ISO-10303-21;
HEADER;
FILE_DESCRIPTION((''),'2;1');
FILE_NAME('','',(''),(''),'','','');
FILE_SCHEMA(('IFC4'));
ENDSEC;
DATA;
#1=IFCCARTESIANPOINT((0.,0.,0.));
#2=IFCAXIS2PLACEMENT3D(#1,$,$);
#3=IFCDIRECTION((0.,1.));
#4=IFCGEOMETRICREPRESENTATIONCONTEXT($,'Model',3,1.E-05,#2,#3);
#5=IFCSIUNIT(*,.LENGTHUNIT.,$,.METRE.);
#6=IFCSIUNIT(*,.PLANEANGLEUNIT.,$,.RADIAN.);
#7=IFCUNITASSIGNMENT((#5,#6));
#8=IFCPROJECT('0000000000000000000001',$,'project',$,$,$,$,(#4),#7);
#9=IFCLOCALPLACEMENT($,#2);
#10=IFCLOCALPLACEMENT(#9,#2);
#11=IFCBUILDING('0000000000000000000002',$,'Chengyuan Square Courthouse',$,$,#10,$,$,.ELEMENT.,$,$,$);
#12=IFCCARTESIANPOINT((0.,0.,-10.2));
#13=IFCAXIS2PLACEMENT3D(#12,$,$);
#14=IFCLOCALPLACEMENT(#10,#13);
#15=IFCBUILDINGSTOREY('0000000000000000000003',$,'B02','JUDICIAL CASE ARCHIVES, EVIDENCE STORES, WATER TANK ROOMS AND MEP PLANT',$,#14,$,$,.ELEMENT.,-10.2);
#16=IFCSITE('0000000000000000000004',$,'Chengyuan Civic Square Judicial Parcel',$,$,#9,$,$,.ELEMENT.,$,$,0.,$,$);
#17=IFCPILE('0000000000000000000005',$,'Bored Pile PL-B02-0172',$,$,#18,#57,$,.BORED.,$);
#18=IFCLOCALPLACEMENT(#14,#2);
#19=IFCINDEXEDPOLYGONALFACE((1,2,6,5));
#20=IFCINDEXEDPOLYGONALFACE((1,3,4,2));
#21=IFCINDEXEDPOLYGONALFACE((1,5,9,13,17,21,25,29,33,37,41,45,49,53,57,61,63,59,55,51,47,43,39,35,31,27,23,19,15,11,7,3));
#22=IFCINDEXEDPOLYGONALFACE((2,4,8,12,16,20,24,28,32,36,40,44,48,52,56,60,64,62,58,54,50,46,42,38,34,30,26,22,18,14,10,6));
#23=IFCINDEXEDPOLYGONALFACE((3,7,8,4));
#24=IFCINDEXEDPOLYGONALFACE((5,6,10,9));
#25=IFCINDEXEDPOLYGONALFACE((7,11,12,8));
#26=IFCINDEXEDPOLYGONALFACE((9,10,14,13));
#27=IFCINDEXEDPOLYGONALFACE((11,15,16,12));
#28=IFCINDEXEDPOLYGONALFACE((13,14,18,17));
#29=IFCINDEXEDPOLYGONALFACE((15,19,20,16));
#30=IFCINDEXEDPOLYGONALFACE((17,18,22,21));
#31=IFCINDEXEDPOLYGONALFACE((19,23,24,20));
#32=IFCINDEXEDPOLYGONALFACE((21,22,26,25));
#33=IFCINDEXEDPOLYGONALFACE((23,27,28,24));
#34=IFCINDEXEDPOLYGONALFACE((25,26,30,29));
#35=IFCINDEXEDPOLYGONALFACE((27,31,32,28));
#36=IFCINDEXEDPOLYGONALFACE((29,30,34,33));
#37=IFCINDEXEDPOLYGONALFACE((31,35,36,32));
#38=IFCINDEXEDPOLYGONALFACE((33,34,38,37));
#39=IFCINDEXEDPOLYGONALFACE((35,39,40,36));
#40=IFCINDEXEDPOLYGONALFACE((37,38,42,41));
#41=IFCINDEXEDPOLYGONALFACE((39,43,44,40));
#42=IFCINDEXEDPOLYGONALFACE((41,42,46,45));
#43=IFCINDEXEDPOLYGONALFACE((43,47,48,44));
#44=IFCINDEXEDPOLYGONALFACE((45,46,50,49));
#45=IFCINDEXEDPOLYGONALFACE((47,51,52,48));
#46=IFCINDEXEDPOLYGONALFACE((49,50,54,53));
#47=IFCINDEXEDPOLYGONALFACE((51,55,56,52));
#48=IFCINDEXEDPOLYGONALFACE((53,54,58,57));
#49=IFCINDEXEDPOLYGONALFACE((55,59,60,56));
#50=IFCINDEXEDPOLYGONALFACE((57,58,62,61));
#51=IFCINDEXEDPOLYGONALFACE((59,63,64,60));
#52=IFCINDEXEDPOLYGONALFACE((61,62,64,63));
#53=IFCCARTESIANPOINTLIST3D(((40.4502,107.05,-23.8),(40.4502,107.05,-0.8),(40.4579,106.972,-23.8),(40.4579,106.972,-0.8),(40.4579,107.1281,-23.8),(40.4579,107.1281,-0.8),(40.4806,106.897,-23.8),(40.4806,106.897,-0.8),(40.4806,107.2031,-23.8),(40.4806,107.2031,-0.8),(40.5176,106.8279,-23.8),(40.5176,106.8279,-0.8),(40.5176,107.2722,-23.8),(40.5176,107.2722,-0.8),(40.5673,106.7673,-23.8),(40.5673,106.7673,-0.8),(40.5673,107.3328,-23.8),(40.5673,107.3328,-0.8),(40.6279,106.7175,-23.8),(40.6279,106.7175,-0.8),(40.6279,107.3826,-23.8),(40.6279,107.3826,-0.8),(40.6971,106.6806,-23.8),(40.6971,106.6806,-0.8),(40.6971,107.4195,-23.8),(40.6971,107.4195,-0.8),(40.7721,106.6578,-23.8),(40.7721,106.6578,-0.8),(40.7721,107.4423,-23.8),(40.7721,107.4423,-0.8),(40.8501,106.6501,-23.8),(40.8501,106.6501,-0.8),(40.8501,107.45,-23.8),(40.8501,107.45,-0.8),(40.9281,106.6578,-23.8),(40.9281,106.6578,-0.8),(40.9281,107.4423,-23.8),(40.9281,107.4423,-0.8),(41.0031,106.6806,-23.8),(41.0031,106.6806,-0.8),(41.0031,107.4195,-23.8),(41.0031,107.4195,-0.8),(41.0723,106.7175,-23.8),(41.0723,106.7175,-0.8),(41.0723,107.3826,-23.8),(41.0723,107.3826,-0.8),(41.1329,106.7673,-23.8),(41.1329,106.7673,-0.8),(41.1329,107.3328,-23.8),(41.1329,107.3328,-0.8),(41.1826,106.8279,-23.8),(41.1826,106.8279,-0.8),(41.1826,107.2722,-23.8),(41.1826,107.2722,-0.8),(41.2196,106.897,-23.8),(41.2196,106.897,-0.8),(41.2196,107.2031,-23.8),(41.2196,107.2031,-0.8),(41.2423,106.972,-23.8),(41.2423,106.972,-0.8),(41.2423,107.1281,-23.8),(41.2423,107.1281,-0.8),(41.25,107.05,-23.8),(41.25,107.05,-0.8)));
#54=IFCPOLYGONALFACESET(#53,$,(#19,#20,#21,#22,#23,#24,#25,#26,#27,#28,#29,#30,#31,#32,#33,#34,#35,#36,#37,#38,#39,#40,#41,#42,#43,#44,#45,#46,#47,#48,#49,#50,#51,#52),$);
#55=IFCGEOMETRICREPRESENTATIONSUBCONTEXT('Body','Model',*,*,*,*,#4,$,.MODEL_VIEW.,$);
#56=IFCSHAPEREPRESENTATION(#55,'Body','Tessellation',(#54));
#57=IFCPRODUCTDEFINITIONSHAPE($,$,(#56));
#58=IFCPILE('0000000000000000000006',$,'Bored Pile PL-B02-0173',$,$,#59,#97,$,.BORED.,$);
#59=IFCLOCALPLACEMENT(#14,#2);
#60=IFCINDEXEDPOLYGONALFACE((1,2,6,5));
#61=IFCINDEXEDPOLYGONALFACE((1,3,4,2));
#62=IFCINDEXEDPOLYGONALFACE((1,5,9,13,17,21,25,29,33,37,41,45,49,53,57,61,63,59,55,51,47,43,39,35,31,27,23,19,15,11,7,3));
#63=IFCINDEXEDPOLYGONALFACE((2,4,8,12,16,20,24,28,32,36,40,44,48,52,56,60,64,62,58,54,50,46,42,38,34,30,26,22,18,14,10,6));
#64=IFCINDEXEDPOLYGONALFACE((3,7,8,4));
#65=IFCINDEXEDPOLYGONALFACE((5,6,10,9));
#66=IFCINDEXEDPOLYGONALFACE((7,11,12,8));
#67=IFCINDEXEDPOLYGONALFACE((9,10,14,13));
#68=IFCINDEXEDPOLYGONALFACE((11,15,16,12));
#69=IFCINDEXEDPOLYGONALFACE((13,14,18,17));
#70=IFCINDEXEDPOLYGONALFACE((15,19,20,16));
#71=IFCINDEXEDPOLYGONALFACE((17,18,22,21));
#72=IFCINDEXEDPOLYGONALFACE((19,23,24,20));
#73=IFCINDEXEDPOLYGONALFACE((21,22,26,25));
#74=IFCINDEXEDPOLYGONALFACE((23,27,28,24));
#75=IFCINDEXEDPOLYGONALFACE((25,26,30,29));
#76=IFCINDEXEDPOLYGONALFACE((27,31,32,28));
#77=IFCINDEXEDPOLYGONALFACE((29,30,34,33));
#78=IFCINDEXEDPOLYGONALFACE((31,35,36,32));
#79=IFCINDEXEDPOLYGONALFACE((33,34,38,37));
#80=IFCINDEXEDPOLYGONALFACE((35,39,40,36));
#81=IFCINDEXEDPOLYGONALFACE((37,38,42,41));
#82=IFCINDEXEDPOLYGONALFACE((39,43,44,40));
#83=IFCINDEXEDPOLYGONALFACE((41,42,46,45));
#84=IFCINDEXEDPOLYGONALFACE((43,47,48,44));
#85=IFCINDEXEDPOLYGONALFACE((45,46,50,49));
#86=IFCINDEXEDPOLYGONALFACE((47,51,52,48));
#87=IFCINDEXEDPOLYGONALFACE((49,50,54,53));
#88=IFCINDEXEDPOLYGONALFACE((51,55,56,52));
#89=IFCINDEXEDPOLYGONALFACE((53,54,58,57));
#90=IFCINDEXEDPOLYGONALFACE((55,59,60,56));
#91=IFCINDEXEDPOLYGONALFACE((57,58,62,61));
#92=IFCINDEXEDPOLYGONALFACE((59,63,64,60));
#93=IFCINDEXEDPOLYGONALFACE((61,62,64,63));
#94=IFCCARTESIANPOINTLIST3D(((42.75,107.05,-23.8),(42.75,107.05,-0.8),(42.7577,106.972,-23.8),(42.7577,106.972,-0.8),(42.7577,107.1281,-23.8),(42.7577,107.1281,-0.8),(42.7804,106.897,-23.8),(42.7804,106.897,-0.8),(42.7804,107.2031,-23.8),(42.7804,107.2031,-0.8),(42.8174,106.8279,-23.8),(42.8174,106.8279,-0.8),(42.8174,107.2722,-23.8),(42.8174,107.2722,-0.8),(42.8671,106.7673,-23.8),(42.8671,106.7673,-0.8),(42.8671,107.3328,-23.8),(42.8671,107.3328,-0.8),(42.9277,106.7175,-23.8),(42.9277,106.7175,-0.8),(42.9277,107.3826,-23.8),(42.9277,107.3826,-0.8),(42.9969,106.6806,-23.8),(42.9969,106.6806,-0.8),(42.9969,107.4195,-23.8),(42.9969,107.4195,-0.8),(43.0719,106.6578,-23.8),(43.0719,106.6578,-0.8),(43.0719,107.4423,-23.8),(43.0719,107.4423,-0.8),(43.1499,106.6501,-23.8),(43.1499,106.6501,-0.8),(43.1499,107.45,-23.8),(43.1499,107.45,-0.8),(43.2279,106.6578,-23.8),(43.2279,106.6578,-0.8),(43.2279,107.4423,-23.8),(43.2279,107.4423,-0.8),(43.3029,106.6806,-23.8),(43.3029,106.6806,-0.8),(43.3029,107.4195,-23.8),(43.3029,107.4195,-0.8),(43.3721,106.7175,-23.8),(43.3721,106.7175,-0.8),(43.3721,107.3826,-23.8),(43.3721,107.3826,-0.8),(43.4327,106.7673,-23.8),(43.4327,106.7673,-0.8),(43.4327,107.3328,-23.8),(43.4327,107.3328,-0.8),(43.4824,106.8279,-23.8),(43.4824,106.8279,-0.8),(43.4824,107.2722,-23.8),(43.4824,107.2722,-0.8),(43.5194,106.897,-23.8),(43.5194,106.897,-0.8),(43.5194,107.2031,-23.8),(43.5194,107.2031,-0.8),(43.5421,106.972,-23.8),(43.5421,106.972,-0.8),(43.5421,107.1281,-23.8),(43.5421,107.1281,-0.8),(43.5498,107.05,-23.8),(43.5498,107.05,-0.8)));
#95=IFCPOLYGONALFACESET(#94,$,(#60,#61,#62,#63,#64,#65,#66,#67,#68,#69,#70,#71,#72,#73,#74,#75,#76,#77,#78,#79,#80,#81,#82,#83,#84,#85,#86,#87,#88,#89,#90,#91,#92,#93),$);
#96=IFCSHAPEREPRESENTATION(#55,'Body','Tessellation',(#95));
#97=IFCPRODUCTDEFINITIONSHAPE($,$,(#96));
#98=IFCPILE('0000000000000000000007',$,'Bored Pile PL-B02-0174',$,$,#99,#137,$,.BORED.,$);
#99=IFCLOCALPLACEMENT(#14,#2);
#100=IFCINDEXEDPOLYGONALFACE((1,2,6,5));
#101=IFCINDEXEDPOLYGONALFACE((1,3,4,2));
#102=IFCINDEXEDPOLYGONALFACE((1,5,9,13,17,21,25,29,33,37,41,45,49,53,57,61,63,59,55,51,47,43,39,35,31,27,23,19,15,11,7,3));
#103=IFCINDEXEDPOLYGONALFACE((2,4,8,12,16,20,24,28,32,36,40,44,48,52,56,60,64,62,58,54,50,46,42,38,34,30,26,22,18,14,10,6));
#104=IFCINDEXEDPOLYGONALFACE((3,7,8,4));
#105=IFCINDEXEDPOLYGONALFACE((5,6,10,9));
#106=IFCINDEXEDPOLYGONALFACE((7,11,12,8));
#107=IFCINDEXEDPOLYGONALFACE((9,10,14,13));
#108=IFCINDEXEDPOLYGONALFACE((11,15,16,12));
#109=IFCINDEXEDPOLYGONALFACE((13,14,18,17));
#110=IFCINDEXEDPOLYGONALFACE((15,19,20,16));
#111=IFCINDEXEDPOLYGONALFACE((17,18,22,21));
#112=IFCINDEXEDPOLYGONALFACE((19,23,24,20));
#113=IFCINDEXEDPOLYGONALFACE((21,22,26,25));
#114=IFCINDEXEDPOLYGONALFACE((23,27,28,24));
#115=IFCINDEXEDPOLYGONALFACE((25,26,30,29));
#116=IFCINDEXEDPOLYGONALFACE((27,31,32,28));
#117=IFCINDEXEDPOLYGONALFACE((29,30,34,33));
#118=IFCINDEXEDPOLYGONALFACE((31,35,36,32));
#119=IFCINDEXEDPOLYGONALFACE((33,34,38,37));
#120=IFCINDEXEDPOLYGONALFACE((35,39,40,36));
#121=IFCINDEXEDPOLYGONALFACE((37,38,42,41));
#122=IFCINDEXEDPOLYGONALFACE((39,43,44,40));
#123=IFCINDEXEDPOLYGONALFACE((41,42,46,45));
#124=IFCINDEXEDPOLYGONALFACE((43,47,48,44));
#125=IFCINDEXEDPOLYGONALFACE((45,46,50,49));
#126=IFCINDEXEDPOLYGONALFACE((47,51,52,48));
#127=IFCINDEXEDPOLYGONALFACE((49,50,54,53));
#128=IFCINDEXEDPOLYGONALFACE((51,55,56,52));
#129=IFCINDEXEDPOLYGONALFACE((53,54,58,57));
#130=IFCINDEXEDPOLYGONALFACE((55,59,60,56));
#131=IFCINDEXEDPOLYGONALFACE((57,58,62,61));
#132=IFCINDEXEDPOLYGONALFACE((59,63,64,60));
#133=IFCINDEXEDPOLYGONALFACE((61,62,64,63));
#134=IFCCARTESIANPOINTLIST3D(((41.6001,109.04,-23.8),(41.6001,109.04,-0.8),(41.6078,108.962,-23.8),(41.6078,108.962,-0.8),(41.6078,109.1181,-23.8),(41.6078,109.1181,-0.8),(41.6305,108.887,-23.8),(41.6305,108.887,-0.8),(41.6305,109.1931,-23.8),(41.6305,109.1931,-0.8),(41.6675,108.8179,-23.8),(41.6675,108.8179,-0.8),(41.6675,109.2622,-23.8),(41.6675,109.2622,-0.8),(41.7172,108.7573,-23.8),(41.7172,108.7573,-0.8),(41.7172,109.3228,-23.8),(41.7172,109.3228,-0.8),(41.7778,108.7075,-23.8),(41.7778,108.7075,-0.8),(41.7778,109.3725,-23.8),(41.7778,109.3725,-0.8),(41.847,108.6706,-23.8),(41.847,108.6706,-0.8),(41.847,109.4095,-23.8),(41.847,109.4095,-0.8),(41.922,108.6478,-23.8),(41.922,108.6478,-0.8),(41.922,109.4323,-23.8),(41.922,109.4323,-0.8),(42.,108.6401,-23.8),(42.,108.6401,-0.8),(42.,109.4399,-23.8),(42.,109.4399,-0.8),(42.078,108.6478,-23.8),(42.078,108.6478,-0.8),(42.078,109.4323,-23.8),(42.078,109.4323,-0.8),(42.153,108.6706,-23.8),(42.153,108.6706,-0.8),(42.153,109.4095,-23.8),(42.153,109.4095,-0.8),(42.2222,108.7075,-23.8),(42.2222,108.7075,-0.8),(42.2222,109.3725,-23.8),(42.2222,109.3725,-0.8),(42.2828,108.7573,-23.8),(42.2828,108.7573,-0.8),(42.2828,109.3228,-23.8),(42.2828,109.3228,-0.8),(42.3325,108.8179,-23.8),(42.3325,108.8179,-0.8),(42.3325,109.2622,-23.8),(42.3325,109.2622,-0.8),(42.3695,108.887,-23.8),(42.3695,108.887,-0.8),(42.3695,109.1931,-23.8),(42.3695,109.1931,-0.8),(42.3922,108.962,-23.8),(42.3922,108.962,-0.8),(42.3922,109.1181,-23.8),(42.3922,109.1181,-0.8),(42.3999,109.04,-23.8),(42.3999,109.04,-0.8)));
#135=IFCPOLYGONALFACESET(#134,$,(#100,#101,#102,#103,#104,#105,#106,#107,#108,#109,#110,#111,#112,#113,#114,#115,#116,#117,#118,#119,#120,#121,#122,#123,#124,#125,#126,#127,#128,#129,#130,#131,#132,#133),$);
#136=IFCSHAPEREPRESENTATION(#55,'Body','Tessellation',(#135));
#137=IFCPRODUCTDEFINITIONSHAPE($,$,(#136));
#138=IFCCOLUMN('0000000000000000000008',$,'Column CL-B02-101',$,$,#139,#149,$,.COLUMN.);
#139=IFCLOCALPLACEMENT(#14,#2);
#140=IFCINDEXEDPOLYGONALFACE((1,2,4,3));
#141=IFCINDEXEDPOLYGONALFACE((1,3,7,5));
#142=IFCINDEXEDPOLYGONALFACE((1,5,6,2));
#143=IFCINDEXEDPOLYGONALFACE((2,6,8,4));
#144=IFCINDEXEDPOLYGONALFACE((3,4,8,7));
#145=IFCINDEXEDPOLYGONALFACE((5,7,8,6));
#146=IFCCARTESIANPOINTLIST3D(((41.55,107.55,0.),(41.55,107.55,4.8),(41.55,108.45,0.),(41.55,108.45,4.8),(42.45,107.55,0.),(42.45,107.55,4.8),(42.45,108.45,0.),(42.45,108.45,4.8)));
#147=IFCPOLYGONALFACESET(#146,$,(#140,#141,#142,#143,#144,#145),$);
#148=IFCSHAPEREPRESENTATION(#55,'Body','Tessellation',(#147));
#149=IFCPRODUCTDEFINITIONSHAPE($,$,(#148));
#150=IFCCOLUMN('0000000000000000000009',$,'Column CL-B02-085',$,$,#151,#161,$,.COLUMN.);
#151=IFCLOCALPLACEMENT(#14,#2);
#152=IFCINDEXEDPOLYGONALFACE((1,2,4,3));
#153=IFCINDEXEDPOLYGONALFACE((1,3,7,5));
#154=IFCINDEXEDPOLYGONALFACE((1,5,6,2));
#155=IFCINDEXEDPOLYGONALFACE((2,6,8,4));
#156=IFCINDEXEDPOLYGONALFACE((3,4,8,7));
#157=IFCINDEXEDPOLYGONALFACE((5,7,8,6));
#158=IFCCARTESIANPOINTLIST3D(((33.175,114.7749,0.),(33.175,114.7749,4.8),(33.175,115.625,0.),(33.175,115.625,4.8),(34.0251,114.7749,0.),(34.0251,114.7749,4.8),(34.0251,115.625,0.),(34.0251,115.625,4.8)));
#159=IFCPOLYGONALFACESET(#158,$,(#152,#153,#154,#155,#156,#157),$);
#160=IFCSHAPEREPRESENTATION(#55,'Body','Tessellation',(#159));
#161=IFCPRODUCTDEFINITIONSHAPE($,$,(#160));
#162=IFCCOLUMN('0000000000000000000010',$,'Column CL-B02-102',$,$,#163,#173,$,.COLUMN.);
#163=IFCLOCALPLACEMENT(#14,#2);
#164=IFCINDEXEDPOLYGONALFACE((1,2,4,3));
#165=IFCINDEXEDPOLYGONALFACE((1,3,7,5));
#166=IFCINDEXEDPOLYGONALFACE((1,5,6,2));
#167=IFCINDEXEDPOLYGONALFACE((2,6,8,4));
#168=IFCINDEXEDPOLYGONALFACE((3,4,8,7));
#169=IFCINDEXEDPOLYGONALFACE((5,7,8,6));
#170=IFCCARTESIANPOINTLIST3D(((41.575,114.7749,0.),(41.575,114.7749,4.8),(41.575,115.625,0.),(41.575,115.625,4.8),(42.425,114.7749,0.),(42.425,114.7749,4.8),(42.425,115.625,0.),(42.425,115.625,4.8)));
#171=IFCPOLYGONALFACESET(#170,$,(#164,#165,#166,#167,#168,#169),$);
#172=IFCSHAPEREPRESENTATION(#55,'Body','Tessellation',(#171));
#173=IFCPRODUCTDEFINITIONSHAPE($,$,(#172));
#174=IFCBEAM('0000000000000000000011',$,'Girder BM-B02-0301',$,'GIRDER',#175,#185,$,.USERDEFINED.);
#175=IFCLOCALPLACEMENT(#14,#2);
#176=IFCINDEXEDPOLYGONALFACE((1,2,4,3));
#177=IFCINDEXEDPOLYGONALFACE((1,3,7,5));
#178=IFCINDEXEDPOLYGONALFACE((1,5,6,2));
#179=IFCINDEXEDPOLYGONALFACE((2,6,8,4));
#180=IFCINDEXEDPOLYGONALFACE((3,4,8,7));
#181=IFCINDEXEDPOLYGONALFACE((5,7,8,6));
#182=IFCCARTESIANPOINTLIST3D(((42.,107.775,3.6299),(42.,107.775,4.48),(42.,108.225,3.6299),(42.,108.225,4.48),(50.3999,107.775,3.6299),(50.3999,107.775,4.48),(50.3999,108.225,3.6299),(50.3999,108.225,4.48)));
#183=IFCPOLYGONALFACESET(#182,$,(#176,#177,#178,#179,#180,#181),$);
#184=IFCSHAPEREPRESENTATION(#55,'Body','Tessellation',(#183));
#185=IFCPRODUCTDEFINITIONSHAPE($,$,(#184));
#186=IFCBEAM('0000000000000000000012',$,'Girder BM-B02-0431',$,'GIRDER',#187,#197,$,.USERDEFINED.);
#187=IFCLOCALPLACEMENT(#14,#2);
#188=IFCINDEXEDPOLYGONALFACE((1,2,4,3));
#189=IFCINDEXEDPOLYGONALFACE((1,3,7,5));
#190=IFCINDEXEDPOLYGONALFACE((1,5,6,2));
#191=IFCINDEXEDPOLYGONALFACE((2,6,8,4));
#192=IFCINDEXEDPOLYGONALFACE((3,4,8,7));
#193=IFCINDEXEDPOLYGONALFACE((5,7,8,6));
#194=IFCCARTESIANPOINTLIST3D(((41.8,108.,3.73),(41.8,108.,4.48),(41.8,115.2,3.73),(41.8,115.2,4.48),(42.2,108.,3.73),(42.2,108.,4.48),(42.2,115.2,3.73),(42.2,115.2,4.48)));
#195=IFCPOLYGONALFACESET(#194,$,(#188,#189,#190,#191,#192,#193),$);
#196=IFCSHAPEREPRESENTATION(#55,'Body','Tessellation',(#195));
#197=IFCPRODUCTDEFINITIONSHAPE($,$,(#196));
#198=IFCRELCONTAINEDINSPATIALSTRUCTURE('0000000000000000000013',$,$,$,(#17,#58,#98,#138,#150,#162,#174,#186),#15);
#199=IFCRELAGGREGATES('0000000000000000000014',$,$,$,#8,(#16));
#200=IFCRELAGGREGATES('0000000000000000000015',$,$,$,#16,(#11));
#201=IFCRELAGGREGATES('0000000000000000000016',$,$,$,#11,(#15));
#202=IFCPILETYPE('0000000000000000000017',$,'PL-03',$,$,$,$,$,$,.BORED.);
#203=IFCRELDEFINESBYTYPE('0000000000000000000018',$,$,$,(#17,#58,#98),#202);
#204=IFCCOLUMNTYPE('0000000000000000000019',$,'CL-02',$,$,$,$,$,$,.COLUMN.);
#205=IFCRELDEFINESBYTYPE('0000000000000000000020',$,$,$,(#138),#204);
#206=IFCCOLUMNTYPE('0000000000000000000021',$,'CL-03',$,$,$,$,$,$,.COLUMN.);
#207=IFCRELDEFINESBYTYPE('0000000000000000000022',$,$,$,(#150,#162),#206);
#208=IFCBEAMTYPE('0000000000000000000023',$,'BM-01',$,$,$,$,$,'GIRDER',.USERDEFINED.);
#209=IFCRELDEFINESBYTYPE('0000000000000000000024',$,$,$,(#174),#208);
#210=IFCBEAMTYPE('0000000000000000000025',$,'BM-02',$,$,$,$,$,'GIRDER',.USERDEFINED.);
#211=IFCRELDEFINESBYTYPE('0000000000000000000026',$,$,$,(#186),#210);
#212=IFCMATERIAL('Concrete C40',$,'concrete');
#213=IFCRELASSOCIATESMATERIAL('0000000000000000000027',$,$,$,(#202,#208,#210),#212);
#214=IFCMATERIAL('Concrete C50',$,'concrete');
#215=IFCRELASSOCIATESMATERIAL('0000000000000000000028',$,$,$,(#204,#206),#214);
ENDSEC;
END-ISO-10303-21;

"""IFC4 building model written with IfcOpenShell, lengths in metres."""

from ifc_helpers import new_model, si_unit, direction, frame, origin, origin_2d, place, context, subcontext, project, spatial, rectangle, circle, extrude, material, material_profile, profile_set, type_object, element, save


model = new_model("IFC4")

# Units and contexts
model_context = context("Model", 3, precision=1e-05, world=origin(), true_north=direction((0.0, 1.0)))
body_context = subcontext(model_context, "Body", "Model", "MODEL_VIEW")
ifc_project = project(units=[si_unit("LENGTHUNIT", "METRE"), si_unit("PLANEANGLEUNIT", "RADIAN")], contexts=[model_context])

# Site, building, storey
site_placement = place(None, origin())
site = spatial("IfcSite", under=ifc_project, at=site_placement, Name="Chengyuan Civic Square Judicial Parcel", CompositionType="ELEMENT", RefElevation=0.0)
building_placement = place(site_placement, origin())
building = spatial("IfcBuilding", under=site, at=building_placement, Name="Chengyuan Square Courthouse", CompositionType="ELEMENT")
storey_placement = place(building_placement, frame((0.0, 0.0, -10.2)))
storey = spatial("IfcBuildingStorey", under=building, at=storey_placement, Name="B02", Description="JUDICIAL CASE ARCHIVES, EVIDENCE STORES, WATER TANK ROOMS AND MEP PLANT", CompositionType="ELEMENT", Elevation=-10.2)

# Shared definitions
ifc_material_1 = material(Name="Concrete C40", Category="concrete")

# Piles
ifc_material_profile_1 = material_profile(ifc_material_1, circle(Radius=0.3999, at=origin_2d()), Name="BORED PILE D800")
ifc_profile_set_1 = profile_set([ifc_material_profile_1], Name="Concrete C40")
pile_type_1 = type_object("IfcPileType", Name="PL-03", PredefinedType="BORED", material=ifc_profile_set_1)
for number, where, z_axis, x_axis, name in (
    (1, (40.8501, 107.05, -0.8), (0.0, 0.0, -1.0), (1.0, 0.0, 0.0), "Bored Pile PL-B02-0172"),
    (2, (43.1499, 107.05, -0.8), (0.0, 0.0, -1.0), (1.0, 0.0, 0.0), "Bored Pile PL-B02-0173"),
    (3, (42.0, 109.04, -0.8), (0.0, 0.0, -1.0), (1.0, 0.0, 0.0), "Bored Pile PL-B02-0174"),
):
    element("IfcPile", number, at=place(storey_placement, frame(where, z_axis=z_axis, x_axis=x_axis)), inside=storey, type_object=pile_type_1, Name=name, PredefinedType="BORED", context=body_context, shape_type="SweptSolid", body=[
        extrude(circle(Radius=0.3999, at=origin_2d()), origin(), (0.0, 0.0, 1.0), 23.0),
    ])

# Columns
ifc_material_2 = material(Name="Concrete C50", Category="concrete")
ifc_material_profile_2 = material_profile(ifc_material_2, rectangle(XDim=0.8999, YDim=0.8999, at=origin_2d()), Name="RC-COL-900x900")
ifc_profile_set_2 = profile_set([ifc_material_profile_2], Name="Concrete C50")
column_type_1 = type_object("IfcColumnType", Name="CL-02", PredefinedType="COLUMN", material=ifc_profile_set_2)
column_placement = place(storey_placement, frame((42.0, 108.0, 0.0), z_axis=(0.0, 0.0, 1.0), x_axis=(1.0, 0.0, 0.0)))
element("IfcColumn", 4, at=column_placement, inside=storey, type_object=column_type_1, Name="Column CL-B02-101", PredefinedType="COLUMN", context=body_context, shape_type="SweptSolid", body=[
    extrude(rectangle(XDim=0.8999, YDim=0.8999, at=origin_2d()), origin(), (0.0, 0.0, 1.0), 4.8),
])
ifc_material_profile_3 = material_profile(ifc_material_2, rectangle(XDim=0.8501, YDim=0.8501, at=origin_2d()), Name="RC-COL-850x850")
ifc_profile_set_3 = profile_set([ifc_material_profile_3], Name="Concrete C50")
column_type_2 = type_object("IfcColumnType", Name="CL-03", PredefinedType="COLUMN", material=ifc_profile_set_3)
for number, where, z_axis, x_axis, name in (
    (5, (33.6001, 115.2, 0.0), (0.0, 0.0, 1.0), (1.0, 0.0, 0.0), "Column CL-B02-085"),
    (6, (42.0, 115.2, 0.0), (0.0, 0.0, 1.0), (1.0, 0.0, 0.0), "Column CL-B02-102"),
):
    element("IfcColumn", number, at=place(storey_placement, frame(where, z_axis=z_axis, x_axis=x_axis)), inside=storey, type_object=column_type_2, Name=name, PredefinedType="COLUMN", context=body_context, shape_type="SweptSolid", body=[
        extrude(rectangle(XDim=0.8501, YDim=0.8501, at=origin_2d()), origin(), (0.0, 0.0, 1.0), 4.8),
    ])

# Beams
ifc_material_profile_4 = material_profile(ifc_material_1, rectangle(XDim=0.45, YDim=0.8501, at=origin_2d()), Name="RC-BM-450x850")
ifc_profile_set_4 = profile_set([ifc_material_profile_4], Name="Concrete C40")
beam_type_1 = type_object("IfcBeamType", Name="BM-01", ElementType="GIRDER", PredefinedType="USERDEFINED", material=ifc_profile_set_4)
beam_1_placement = place(storey_placement, frame((42.0, 108.0, 4.0549), z_axis=(1.0, 0.0, 0.0), x_axis=(0.0, 1.0, 0.0)))
element("IfcBeam", 7, at=beam_1_placement, inside=storey, type_object=beam_type_1, Name="Girder BM-B02-0301", ObjectType="GIRDER", PredefinedType="USERDEFINED", context=body_context, shape_type="SweptSolid", body=[
    extrude(rectangle(XDim=0.45, YDim=0.8501, at=origin_2d()), origin(), (0.0, 0.0, 1.0), 8.3999),
])
ifc_material_profile_5 = material_profile(ifc_material_1, rectangle(XDim=0.3999, YDim=0.75, at=origin_2d()), Name="RC-BM-400x750")
ifc_profile_set_5 = profile_set([ifc_material_profile_5], Name="Concrete C40")
beam_type_2 = type_object("IfcBeamType", Name="BM-02", ElementType="GIRDER", PredefinedType="USERDEFINED", material=ifc_profile_set_5)
beam_2_placement = place(storey_placement, frame((42.0, 108.0, 4.105), z_axis=(0.0, 1.0, 0.0), x_axis=(-1.0, 0.0, 0.0)))
element("IfcBeam", 8, at=beam_2_placement, inside=storey, type_object=beam_type_2, Name="Girder BM-B02-0431", ObjectType="GIRDER", PredefinedType="USERDEFINED", context=body_context, shape_type="SweptSolid", body=[
    extrude(rectangle(XDim=0.3999, YDim=0.75, at=origin_2d()), origin(), (0.0, 0.0, 1.0), 7.2),
])

save(model, "model.ifc")
